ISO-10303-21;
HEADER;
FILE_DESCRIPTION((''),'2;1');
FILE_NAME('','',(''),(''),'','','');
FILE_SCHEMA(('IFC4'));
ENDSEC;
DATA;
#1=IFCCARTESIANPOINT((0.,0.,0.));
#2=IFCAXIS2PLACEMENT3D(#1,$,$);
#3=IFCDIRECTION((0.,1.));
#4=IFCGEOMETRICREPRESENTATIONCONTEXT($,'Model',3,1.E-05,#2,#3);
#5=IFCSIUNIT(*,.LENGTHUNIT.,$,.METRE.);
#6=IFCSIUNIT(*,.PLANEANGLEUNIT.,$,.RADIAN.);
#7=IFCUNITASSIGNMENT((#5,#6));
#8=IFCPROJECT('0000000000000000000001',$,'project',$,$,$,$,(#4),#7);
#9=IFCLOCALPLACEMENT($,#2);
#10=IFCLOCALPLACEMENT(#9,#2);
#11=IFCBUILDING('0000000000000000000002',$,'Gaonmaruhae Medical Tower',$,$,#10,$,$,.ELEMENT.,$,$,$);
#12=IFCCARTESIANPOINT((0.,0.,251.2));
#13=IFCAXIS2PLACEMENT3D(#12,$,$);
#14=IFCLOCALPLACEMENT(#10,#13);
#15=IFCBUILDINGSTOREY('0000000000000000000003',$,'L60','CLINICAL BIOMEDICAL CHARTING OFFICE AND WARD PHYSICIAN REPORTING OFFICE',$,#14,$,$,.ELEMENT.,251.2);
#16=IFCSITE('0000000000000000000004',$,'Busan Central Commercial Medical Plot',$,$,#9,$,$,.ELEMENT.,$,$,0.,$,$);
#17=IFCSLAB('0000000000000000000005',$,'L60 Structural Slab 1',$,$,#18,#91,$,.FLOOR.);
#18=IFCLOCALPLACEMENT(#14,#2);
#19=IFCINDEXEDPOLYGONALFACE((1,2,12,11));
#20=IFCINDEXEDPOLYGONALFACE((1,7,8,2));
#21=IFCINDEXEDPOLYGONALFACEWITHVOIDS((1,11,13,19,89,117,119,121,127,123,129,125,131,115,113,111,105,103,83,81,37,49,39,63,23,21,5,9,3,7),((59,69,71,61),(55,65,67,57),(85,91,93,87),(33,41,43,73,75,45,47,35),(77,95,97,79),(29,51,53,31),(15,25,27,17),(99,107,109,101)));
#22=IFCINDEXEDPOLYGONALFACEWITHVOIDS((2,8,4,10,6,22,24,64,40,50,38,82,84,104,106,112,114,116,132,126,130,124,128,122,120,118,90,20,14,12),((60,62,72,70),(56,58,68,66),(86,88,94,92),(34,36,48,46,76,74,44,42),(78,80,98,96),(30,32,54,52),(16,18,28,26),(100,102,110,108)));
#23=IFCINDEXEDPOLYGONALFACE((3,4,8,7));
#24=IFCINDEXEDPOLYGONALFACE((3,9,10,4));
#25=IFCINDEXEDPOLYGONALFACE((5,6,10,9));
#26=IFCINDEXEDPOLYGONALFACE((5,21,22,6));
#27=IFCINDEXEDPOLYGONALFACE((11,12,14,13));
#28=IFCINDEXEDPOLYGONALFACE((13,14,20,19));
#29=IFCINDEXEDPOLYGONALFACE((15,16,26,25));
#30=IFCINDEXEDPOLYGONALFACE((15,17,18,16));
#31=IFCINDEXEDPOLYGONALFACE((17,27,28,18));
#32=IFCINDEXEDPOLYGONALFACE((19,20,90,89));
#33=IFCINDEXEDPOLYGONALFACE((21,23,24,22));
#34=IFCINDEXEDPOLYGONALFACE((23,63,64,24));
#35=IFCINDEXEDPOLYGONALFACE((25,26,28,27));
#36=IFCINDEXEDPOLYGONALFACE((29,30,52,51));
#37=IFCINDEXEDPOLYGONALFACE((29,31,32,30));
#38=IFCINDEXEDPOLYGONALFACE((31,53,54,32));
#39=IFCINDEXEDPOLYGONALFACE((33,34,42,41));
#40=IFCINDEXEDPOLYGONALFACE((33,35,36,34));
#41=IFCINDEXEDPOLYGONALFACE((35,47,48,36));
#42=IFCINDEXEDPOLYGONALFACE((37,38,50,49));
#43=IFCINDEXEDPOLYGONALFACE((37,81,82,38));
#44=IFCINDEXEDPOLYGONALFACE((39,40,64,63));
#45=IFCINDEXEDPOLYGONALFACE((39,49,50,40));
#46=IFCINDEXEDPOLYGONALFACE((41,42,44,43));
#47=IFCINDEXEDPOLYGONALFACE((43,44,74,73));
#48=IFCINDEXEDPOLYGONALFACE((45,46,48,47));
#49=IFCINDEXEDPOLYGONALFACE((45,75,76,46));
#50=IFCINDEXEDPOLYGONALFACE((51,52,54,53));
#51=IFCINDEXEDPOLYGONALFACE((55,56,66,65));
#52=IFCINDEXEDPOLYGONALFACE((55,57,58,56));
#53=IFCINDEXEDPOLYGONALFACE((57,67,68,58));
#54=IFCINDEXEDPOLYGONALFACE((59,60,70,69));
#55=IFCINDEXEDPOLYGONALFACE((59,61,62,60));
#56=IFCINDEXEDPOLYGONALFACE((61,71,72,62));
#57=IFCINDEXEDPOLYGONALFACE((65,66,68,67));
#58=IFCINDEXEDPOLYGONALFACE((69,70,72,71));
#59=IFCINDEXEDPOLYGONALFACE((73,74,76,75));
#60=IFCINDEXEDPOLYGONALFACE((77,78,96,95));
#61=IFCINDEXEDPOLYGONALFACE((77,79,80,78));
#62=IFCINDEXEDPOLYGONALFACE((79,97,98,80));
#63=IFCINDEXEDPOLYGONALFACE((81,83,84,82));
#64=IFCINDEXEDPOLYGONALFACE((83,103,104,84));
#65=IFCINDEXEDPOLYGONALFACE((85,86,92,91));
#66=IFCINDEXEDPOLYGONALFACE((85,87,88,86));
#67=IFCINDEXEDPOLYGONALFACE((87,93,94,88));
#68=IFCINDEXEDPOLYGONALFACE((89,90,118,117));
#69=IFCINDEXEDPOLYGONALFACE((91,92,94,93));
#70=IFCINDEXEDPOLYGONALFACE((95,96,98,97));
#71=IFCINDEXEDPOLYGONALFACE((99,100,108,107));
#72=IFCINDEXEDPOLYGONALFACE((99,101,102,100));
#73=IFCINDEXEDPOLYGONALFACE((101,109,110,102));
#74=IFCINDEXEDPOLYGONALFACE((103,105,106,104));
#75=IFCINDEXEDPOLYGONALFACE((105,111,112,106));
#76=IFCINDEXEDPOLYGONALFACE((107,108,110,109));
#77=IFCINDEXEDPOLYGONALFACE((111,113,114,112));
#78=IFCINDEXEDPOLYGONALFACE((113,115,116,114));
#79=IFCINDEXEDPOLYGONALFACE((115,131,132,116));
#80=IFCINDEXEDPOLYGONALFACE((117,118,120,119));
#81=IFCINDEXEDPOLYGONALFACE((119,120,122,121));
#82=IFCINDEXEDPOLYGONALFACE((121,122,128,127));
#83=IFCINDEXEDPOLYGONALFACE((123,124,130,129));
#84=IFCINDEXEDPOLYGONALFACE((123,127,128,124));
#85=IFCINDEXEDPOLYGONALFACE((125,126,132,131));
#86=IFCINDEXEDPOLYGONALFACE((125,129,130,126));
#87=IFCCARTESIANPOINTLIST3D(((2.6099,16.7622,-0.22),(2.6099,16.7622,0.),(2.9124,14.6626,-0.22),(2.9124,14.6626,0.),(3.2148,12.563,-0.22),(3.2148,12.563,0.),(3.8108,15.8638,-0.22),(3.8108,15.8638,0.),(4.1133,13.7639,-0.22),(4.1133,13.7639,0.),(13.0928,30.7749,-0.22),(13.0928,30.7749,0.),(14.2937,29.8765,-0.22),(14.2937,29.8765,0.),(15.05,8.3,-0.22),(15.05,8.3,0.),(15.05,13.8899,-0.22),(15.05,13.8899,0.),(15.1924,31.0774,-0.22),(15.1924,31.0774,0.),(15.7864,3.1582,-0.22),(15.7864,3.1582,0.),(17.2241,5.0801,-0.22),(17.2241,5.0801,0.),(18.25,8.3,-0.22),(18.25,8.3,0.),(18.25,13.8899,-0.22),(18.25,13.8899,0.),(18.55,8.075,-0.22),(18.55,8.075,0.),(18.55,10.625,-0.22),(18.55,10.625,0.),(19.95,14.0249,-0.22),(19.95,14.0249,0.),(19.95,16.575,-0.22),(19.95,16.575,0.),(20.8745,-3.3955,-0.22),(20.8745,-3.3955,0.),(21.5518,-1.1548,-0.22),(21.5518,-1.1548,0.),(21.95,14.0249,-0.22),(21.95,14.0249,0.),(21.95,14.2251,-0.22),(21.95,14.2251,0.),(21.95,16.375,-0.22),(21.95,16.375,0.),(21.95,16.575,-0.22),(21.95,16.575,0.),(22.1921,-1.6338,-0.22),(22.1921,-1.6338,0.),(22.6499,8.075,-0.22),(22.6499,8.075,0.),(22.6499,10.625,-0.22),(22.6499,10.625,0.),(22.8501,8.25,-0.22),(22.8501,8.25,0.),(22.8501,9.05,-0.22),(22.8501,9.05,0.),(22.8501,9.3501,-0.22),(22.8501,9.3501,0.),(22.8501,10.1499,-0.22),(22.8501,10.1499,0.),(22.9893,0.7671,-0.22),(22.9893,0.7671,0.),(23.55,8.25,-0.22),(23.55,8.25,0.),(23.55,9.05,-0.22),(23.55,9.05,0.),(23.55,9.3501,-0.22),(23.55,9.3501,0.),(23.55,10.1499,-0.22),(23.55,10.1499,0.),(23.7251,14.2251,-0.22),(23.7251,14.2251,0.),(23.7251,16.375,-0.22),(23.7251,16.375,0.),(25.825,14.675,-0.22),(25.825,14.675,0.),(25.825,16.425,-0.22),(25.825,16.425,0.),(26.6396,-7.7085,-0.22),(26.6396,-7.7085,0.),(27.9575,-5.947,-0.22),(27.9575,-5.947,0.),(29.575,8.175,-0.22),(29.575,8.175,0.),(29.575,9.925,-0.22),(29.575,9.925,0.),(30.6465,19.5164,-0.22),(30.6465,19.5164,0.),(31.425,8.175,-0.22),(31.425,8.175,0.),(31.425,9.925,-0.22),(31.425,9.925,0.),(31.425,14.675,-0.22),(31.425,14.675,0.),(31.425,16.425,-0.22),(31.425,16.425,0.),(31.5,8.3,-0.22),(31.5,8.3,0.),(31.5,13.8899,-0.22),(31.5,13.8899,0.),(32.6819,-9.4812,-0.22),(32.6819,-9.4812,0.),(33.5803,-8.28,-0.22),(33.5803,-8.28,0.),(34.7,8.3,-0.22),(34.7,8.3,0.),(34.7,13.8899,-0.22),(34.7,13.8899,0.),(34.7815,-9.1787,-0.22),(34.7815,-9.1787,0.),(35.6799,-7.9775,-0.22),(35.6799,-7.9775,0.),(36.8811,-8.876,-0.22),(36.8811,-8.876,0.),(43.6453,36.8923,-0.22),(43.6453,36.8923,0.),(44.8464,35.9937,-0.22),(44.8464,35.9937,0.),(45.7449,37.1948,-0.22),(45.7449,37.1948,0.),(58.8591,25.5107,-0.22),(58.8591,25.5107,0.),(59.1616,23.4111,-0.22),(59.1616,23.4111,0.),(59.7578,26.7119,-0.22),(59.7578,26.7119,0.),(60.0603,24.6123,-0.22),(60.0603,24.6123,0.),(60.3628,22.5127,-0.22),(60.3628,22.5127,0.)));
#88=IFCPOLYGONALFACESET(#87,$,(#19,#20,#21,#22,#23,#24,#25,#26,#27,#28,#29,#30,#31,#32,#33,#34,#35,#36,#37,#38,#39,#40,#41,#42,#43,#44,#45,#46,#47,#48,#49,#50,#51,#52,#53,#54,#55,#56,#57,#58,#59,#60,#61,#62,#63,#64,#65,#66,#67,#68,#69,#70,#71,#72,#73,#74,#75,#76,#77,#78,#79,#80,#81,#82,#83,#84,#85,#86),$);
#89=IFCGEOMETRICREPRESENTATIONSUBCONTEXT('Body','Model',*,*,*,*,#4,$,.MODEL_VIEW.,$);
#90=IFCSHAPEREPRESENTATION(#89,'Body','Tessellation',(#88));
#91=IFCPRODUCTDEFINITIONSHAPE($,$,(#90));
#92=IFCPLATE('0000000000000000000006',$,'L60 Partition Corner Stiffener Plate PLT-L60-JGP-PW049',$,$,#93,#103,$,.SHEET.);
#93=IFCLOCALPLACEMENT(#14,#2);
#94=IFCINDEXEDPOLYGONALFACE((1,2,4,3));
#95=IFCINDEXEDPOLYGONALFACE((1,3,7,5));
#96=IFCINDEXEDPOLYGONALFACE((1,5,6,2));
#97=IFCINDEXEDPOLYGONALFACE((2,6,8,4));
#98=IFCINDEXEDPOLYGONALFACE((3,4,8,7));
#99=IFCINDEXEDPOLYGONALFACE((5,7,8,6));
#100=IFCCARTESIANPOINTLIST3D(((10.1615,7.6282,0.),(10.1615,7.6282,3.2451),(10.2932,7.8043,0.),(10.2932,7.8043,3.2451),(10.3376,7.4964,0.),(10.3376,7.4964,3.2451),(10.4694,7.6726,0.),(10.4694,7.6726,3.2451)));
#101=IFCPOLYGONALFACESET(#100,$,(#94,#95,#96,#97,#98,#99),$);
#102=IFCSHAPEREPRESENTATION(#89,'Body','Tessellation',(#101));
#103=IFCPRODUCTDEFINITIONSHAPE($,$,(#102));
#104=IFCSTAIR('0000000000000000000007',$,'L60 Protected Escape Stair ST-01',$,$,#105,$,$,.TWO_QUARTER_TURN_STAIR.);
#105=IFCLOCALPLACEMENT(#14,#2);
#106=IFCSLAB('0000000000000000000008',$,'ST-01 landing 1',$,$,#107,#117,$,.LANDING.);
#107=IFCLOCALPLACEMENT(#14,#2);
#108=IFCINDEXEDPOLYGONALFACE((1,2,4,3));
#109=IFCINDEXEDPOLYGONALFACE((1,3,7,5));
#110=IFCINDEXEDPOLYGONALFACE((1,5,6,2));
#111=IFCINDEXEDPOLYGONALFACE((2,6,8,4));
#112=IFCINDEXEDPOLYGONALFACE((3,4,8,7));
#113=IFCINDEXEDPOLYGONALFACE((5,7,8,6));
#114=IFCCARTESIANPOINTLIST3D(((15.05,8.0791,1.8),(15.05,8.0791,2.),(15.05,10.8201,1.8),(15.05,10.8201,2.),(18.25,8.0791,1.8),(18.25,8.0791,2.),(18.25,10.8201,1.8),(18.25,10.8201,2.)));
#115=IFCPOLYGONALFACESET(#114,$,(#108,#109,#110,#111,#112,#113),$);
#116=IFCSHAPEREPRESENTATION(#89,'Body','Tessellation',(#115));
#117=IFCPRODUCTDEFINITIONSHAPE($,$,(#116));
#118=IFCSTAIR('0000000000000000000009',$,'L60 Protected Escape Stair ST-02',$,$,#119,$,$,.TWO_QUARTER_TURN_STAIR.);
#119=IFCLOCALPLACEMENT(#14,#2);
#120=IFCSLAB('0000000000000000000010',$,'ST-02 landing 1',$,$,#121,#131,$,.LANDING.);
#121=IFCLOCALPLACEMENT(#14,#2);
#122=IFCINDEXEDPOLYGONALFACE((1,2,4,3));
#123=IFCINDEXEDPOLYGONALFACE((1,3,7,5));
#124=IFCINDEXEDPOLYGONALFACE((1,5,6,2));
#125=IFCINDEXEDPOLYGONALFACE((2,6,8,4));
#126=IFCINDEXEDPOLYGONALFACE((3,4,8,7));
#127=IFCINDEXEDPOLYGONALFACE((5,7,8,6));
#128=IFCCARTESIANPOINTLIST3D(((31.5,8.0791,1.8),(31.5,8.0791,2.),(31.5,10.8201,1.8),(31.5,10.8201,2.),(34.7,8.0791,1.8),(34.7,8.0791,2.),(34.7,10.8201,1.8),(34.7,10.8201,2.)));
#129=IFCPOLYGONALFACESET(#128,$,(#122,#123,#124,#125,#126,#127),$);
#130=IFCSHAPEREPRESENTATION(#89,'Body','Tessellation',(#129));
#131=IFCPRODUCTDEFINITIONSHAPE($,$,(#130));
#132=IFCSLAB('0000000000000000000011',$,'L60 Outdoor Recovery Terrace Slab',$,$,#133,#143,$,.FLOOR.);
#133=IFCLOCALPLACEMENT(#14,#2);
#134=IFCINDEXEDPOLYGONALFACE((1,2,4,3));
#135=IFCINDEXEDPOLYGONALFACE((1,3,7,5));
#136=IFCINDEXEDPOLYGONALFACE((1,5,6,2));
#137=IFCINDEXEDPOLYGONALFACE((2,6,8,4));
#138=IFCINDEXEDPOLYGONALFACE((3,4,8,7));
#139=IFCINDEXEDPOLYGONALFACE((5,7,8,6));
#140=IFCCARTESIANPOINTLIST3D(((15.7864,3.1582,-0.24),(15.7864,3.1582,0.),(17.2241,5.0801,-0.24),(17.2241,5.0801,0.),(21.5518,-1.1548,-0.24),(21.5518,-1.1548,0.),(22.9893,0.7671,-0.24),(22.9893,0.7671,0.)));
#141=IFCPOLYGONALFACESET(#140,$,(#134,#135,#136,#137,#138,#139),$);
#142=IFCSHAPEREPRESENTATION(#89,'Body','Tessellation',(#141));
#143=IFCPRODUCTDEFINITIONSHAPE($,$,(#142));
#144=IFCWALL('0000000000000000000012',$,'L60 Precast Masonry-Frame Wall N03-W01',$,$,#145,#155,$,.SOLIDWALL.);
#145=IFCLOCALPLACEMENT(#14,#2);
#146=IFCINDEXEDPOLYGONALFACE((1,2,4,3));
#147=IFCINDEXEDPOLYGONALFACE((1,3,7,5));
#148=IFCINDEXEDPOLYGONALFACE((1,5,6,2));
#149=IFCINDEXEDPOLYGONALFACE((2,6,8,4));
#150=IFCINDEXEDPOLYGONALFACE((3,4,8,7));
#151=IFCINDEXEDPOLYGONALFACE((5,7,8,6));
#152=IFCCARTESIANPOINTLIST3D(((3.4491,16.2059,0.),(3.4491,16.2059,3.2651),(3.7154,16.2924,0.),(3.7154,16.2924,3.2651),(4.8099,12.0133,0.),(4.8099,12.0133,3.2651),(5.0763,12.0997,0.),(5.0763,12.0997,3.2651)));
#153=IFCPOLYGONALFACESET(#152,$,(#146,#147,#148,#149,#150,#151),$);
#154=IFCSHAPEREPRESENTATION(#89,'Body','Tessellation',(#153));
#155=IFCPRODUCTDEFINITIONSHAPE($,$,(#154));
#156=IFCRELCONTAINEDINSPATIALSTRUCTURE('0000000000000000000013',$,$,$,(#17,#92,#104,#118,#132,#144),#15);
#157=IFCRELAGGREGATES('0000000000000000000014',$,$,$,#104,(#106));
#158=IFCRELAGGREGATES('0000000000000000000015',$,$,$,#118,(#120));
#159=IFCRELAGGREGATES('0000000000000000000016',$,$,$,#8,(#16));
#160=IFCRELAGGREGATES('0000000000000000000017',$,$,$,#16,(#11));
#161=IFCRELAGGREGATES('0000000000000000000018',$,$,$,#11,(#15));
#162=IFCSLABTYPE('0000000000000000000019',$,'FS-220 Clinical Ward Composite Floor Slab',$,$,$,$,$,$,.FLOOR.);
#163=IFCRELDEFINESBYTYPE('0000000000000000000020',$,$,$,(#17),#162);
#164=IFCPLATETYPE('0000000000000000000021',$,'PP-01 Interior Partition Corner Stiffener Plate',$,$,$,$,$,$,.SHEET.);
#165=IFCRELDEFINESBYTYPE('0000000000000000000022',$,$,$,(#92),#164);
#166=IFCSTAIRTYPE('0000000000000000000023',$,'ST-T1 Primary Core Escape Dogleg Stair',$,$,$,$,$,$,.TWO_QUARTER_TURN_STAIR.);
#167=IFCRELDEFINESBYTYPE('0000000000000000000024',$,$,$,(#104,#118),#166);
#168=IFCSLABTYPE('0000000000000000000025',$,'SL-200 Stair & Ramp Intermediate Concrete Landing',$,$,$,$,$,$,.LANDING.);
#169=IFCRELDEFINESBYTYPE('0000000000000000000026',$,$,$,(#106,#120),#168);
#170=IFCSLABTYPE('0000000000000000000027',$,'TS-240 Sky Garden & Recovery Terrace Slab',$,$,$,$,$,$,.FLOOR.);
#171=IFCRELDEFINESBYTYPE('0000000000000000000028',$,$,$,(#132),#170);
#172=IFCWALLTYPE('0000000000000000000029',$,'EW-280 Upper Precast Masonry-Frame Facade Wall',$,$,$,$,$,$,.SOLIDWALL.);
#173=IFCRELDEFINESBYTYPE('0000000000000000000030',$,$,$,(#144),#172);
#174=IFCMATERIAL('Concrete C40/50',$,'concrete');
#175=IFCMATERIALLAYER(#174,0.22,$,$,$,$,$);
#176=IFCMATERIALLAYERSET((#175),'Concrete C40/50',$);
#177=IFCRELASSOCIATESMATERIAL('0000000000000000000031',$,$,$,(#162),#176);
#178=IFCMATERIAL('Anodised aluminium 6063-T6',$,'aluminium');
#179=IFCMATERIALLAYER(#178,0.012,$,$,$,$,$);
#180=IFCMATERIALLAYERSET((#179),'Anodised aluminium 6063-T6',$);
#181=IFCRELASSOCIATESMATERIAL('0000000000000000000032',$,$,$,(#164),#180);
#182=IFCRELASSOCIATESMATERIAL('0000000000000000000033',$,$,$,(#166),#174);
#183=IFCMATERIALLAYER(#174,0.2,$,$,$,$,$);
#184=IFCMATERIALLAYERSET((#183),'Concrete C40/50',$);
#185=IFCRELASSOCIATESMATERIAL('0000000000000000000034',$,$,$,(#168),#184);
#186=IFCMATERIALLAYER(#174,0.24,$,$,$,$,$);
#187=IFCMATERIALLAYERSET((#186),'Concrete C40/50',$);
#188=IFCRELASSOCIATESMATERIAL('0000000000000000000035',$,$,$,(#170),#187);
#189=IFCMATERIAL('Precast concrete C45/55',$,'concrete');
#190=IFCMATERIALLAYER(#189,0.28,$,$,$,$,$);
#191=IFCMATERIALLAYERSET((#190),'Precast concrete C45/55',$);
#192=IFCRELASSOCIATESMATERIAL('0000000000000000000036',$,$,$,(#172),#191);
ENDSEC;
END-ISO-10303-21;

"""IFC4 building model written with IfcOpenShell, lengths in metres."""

from ifc_helpers import new_model, si_unit, direction, frame, frame_2d, origin, origin_2d, place, context, subcontext, project, spatial, polyline, rectangle, outline, extrude, material, layer, layer_set, type_object, element, aggregate, save


model = new_model("IFC4")

# Units and contexts
model_context = context("Model", 3, precision=1e-05, world=origin(), true_north=direction((0.0, 1.0)))
body_context = subcontext(model_context, "Body", "Model", "MODEL_VIEW")
ifc_project = project(units=[si_unit("LENGTHUNIT", "METRE"), si_unit("PLANEANGLEUNIT", "RADIAN")], contexts=[model_context])

# Site, building, storey
site_placement = place(None, origin())
site = spatial("IfcSite", under=ifc_project, at=site_placement, Name="Busan Central Commercial Medical Plot", CompositionType="ELEMENT", RefElevation=0.0)
building_placement = place(site_placement, origin())
building = spatial("IfcBuilding", under=site, at=building_placement, Name="Gaonmaruhae Medical Tower", CompositionType="ELEMENT")
storey_placement = place(building_placement, frame((0.0, 0.0, 251.2)))
storey = spatial("IfcBuildingStorey", under=building, at=storey_placement, Name="L60", Description="CLINICAL BIOMEDICAL CHARTING OFFICE AND WARD PHYSICIAN REPORTING OFFICE", CompositionType="ELEMENT", Elevation=251.2)

# Slab
ifc_material_1 = material(Name="Concrete C40/50", Category="concrete")
ifc_layer_1 = layer(ifc_material_1, 0.22)
ifc_layer_set_1 = layer_set([ifc_layer_1], Name="Concrete C40/50")
slab_type_1 = type_object("IfcSlabType", Name="FS-220 Clinical Ward Composite Floor Slab", PredefinedType="FLOOR", material=ifc_layer_set_1)
slab_1_placement = place(storey_placement, frame((0.0, 0.0, -0.22)))
element("IfcSlab", 1, at=slab_1_placement, inside=storey, type_object=slab_type_1, Name="L60 Structural Slab 1", PredefinedType="FLOOR", context=body_context, shape_type="SweptSolid", body=[
    extrude(outline(polyline([(4.1133, 13.7639), (2.9124, 14.6626), (3.8108, 15.8638), (2.6099, 16.7622), (13.0928, 30.7749), (14.2937, 29.8765), (15.1924, 31.0774), (30.6465, 19.5164), (43.6453, 36.8923), (44.8464, 35.9937), (45.7449, 37.1948), (59.7578, 26.7119), (58.8591, 25.5107), (60.0603, 24.6123), (59.1616, 23.4111), (60.3628, 22.5127), (36.8811, -8.876), (35.6799, -7.9775), (34.7815, -9.1787), (33.5803, -8.28), (32.6819, -9.4812), (27.9575, -5.947), (26.6396, -7.7085), (20.8745, -3.3955), (22.1921, -1.6338), (21.5518, -1.1548), (22.9893, 0.7671), (17.2241, 5.0801), (15.7864, 3.1582), (3.2148, 12.563), (4.1133, 13.7639)]), holes=[polyline([(23.55, 8.25), (22.8501, 8.25), (22.8501, 9.05), (23.55, 9.05), (23.55, 8.25)]), polyline([(31.425, 9.925), (31.425, 8.175), (29.575, 8.175), (29.575, 9.925), (31.425, 9.925)]), polyline([(22.6499, 10.625), (22.6499, 8.075), (18.55, 8.075), (18.55, 10.625), (22.6499, 10.625)]), polyline([(23.55, 9.3501), (22.8501, 9.3501), (22.8501, 10.1499), (23.55, 10.1499), (23.55, 9.3501)]), polyline([(15.05, 13.8899), (18.25, 13.8899), (18.25, 8.3), (15.05, 8.3), (15.05, 13.8899)]), polyline([(31.5, 13.8899), (34.7, 13.8899), (34.7, 8.3), (31.5, 8.3), (31.5, 13.8899)]), polyline([(21.95, 14.2251), (21.95, 14.0249), (19.95, 14.0249), (19.95, 16.575), (21.95, 16.575), (21.95, 16.375), (23.7251, 16.375), (23.7251, 14.2251), (21.95, 14.2251)]), polyline([(31.425, 16.425), (31.425, 14.675), (25.825, 14.675), (25.825, 16.425), (31.425, 16.425)])]), origin(), (0.0, 0.0, 1.0), 0.22),
])

# Plate
ifc_material_2 = material(Name="Anodised aluminium 6063-T6", Category="aluminium")
ifc_layer_2 = layer(ifc_material_2, 0.012)
ifc_layer_set_2 = layer_set([ifc_layer_2], Name="Anodised aluminium 6063-T6")
plate_type = type_object("IfcPlateType", Name="PP-01 Interior Partition Corner Stiffener Plate", PredefinedType="SHEET", material=ifc_layer_set_2)
plate_placement = place(storey_placement, frame((10.3154, 7.6504, 0.0), z_axis=(0.0, 0.0, 1.0), x_axis=(-0.800763, 0.598982, 0.0)))
element("IfcPlate", 2, at=plate_placement, inside=storey, type_object=plate_type, Name="L60 Partition Corner Stiffener Plate PLT-L60-JGP-PW049", PredefinedType="SHEET", context=body_context, shape_type="SweptSolid", body=[
    extrude(rectangle(XDim=0.22, YDim=0.22, at=origin_2d()), origin(), (0.0, 0.0, 1.0), 3.2451),
])

# Stairs, slabs
stair_type = type_object("IfcStairType", Name="ST-T1 Primary Core Escape Dogleg Stair", PredefinedType="TWO_QUARTER_TURN_STAIR", material=ifc_material_1)
stair_1_placement = place(storey_placement, origin())
stair_1 = element("IfcStair", 3, at=stair_1_placement, inside=storey, type_object=stair_type, Name="L60 Protected Escape Stair ST-01", PredefinedType="TWO_QUARTER_TURN_STAIR")
ifc_layer_3 = layer(ifc_material_1, 0.2)
ifc_layer_set_3 = layer_set([ifc_layer_3], Name="Concrete C40/50")
slab_type_2 = type_object("IfcSlabType", Name="SL-200 Stair & Ramp Intermediate Concrete Landing", PredefinedType="LANDING", material=ifc_layer_set_3)
slab_2_placement = place(storey_placement, frame((0.0, 0.0, 1.8)))
slab_2 = element("IfcSlab", 4, at=slab_2_placement, type_object=slab_type_2, Name="ST-01 landing 1", PredefinedType="LANDING", context=body_context, shape_type="SweptSolid", body=[
    extrude(outline(polyline([(15.05, 10.8201), (15.05, 8.0791), (18.25, 8.0791), (18.25, 10.8201), (15.05, 10.8201)])), origin(), (0.0, 0.0, 1.0), 0.2),
])
aggregate(stair_1, [slab_2])
stair_2_placement = place(storey_placement, origin())
stair_2 = element("IfcStair", 5, at=stair_2_placement, inside=storey, type_object=stair_type, Name="L60 Protected Escape Stair ST-02", PredefinedType="TWO_QUARTER_TURN_STAIR")
slab_3_placement = place(storey_placement, frame((0.0, 0.0, 1.8)))
slab_3 = element("IfcSlab", 6, at=slab_3_placement, type_object=slab_type_2, Name="ST-02 landing 1", PredefinedType="LANDING", context=body_context, shape_type="SweptSolid", body=[
    extrude(outline(polyline([(31.5, 10.8201), (31.5, 8.0791), (34.7, 8.0791), (34.7, 10.8201), (31.5, 10.8201)])), origin(), (0.0, 0.0, 1.0), 0.2),
])
aggregate(stair_2, [slab_3])

# Slab
ifc_layer_4 = layer(ifc_material_1, 0.24)
ifc_layer_set_4 = layer_set([ifc_layer_4], Name="Concrete C40/50")
slab_type_3 = type_object("IfcSlabType", Name="TS-240 Sky Garden & Recovery Terrace Slab", PredefinedType="FLOOR", material=ifc_layer_set_4)
slab_4_placement = place(storey_placement, frame((0.0, 0.0, -0.24)))
element("IfcSlab", 7, at=slab_4_placement, inside=storey, type_object=slab_type_3, Name="L60 Outdoor Recovery Terrace Slab", PredefinedType="FLOOR", context=body_context, shape_type="SweptSolid", body=[
    extrude(outline(polyline([(21.5518, -1.1548), (22.9893, 0.7671), (17.2241, 5.0801), (15.7864, 3.1582), (21.5518, -1.1548)])), origin(), (0.0, 0.0, 1.0), 0.24),
])

# Wall
ifc_material_3 = material(Name="Precast concrete C45/55", Category="concrete")
ifc_layer_5 = layer(ifc_material_3, 0.28)
ifc_layer_set_5 = layer_set([ifc_layer_5], Name="Precast concrete C45/55")
wall_type_1 = type_object("IfcWallType", Name="EW-280 Upper Precast Masonry-Frame Facade Wall", PredefinedType="SOLIDWALL", material=ifc_layer_set_5)
wall_1_placement = place(storey_placement, frame((4.9431, 12.0564, 0.0), z_axis=(0.0, 0.0, 1.0), x_axis=(-0.308724, 0.951152, 0.0)))
element("IfcWall", 8, at=wall_1_placement, inside=storey, type_object=wall_type_1, Name="L60 Precast Masonry-Frame Wall N03-W01", PredefinedType="SOLIDWALL", context=body_context, shape_type="SweptSolid", body=[
    extrude(rectangle(XDim=4.408, YDim=0.28, at=frame_2d((2.2041, 0.0))), origin(), (0.0, 0.0, 1.0), 3.2651),
])

save(model, "model.ifc")
